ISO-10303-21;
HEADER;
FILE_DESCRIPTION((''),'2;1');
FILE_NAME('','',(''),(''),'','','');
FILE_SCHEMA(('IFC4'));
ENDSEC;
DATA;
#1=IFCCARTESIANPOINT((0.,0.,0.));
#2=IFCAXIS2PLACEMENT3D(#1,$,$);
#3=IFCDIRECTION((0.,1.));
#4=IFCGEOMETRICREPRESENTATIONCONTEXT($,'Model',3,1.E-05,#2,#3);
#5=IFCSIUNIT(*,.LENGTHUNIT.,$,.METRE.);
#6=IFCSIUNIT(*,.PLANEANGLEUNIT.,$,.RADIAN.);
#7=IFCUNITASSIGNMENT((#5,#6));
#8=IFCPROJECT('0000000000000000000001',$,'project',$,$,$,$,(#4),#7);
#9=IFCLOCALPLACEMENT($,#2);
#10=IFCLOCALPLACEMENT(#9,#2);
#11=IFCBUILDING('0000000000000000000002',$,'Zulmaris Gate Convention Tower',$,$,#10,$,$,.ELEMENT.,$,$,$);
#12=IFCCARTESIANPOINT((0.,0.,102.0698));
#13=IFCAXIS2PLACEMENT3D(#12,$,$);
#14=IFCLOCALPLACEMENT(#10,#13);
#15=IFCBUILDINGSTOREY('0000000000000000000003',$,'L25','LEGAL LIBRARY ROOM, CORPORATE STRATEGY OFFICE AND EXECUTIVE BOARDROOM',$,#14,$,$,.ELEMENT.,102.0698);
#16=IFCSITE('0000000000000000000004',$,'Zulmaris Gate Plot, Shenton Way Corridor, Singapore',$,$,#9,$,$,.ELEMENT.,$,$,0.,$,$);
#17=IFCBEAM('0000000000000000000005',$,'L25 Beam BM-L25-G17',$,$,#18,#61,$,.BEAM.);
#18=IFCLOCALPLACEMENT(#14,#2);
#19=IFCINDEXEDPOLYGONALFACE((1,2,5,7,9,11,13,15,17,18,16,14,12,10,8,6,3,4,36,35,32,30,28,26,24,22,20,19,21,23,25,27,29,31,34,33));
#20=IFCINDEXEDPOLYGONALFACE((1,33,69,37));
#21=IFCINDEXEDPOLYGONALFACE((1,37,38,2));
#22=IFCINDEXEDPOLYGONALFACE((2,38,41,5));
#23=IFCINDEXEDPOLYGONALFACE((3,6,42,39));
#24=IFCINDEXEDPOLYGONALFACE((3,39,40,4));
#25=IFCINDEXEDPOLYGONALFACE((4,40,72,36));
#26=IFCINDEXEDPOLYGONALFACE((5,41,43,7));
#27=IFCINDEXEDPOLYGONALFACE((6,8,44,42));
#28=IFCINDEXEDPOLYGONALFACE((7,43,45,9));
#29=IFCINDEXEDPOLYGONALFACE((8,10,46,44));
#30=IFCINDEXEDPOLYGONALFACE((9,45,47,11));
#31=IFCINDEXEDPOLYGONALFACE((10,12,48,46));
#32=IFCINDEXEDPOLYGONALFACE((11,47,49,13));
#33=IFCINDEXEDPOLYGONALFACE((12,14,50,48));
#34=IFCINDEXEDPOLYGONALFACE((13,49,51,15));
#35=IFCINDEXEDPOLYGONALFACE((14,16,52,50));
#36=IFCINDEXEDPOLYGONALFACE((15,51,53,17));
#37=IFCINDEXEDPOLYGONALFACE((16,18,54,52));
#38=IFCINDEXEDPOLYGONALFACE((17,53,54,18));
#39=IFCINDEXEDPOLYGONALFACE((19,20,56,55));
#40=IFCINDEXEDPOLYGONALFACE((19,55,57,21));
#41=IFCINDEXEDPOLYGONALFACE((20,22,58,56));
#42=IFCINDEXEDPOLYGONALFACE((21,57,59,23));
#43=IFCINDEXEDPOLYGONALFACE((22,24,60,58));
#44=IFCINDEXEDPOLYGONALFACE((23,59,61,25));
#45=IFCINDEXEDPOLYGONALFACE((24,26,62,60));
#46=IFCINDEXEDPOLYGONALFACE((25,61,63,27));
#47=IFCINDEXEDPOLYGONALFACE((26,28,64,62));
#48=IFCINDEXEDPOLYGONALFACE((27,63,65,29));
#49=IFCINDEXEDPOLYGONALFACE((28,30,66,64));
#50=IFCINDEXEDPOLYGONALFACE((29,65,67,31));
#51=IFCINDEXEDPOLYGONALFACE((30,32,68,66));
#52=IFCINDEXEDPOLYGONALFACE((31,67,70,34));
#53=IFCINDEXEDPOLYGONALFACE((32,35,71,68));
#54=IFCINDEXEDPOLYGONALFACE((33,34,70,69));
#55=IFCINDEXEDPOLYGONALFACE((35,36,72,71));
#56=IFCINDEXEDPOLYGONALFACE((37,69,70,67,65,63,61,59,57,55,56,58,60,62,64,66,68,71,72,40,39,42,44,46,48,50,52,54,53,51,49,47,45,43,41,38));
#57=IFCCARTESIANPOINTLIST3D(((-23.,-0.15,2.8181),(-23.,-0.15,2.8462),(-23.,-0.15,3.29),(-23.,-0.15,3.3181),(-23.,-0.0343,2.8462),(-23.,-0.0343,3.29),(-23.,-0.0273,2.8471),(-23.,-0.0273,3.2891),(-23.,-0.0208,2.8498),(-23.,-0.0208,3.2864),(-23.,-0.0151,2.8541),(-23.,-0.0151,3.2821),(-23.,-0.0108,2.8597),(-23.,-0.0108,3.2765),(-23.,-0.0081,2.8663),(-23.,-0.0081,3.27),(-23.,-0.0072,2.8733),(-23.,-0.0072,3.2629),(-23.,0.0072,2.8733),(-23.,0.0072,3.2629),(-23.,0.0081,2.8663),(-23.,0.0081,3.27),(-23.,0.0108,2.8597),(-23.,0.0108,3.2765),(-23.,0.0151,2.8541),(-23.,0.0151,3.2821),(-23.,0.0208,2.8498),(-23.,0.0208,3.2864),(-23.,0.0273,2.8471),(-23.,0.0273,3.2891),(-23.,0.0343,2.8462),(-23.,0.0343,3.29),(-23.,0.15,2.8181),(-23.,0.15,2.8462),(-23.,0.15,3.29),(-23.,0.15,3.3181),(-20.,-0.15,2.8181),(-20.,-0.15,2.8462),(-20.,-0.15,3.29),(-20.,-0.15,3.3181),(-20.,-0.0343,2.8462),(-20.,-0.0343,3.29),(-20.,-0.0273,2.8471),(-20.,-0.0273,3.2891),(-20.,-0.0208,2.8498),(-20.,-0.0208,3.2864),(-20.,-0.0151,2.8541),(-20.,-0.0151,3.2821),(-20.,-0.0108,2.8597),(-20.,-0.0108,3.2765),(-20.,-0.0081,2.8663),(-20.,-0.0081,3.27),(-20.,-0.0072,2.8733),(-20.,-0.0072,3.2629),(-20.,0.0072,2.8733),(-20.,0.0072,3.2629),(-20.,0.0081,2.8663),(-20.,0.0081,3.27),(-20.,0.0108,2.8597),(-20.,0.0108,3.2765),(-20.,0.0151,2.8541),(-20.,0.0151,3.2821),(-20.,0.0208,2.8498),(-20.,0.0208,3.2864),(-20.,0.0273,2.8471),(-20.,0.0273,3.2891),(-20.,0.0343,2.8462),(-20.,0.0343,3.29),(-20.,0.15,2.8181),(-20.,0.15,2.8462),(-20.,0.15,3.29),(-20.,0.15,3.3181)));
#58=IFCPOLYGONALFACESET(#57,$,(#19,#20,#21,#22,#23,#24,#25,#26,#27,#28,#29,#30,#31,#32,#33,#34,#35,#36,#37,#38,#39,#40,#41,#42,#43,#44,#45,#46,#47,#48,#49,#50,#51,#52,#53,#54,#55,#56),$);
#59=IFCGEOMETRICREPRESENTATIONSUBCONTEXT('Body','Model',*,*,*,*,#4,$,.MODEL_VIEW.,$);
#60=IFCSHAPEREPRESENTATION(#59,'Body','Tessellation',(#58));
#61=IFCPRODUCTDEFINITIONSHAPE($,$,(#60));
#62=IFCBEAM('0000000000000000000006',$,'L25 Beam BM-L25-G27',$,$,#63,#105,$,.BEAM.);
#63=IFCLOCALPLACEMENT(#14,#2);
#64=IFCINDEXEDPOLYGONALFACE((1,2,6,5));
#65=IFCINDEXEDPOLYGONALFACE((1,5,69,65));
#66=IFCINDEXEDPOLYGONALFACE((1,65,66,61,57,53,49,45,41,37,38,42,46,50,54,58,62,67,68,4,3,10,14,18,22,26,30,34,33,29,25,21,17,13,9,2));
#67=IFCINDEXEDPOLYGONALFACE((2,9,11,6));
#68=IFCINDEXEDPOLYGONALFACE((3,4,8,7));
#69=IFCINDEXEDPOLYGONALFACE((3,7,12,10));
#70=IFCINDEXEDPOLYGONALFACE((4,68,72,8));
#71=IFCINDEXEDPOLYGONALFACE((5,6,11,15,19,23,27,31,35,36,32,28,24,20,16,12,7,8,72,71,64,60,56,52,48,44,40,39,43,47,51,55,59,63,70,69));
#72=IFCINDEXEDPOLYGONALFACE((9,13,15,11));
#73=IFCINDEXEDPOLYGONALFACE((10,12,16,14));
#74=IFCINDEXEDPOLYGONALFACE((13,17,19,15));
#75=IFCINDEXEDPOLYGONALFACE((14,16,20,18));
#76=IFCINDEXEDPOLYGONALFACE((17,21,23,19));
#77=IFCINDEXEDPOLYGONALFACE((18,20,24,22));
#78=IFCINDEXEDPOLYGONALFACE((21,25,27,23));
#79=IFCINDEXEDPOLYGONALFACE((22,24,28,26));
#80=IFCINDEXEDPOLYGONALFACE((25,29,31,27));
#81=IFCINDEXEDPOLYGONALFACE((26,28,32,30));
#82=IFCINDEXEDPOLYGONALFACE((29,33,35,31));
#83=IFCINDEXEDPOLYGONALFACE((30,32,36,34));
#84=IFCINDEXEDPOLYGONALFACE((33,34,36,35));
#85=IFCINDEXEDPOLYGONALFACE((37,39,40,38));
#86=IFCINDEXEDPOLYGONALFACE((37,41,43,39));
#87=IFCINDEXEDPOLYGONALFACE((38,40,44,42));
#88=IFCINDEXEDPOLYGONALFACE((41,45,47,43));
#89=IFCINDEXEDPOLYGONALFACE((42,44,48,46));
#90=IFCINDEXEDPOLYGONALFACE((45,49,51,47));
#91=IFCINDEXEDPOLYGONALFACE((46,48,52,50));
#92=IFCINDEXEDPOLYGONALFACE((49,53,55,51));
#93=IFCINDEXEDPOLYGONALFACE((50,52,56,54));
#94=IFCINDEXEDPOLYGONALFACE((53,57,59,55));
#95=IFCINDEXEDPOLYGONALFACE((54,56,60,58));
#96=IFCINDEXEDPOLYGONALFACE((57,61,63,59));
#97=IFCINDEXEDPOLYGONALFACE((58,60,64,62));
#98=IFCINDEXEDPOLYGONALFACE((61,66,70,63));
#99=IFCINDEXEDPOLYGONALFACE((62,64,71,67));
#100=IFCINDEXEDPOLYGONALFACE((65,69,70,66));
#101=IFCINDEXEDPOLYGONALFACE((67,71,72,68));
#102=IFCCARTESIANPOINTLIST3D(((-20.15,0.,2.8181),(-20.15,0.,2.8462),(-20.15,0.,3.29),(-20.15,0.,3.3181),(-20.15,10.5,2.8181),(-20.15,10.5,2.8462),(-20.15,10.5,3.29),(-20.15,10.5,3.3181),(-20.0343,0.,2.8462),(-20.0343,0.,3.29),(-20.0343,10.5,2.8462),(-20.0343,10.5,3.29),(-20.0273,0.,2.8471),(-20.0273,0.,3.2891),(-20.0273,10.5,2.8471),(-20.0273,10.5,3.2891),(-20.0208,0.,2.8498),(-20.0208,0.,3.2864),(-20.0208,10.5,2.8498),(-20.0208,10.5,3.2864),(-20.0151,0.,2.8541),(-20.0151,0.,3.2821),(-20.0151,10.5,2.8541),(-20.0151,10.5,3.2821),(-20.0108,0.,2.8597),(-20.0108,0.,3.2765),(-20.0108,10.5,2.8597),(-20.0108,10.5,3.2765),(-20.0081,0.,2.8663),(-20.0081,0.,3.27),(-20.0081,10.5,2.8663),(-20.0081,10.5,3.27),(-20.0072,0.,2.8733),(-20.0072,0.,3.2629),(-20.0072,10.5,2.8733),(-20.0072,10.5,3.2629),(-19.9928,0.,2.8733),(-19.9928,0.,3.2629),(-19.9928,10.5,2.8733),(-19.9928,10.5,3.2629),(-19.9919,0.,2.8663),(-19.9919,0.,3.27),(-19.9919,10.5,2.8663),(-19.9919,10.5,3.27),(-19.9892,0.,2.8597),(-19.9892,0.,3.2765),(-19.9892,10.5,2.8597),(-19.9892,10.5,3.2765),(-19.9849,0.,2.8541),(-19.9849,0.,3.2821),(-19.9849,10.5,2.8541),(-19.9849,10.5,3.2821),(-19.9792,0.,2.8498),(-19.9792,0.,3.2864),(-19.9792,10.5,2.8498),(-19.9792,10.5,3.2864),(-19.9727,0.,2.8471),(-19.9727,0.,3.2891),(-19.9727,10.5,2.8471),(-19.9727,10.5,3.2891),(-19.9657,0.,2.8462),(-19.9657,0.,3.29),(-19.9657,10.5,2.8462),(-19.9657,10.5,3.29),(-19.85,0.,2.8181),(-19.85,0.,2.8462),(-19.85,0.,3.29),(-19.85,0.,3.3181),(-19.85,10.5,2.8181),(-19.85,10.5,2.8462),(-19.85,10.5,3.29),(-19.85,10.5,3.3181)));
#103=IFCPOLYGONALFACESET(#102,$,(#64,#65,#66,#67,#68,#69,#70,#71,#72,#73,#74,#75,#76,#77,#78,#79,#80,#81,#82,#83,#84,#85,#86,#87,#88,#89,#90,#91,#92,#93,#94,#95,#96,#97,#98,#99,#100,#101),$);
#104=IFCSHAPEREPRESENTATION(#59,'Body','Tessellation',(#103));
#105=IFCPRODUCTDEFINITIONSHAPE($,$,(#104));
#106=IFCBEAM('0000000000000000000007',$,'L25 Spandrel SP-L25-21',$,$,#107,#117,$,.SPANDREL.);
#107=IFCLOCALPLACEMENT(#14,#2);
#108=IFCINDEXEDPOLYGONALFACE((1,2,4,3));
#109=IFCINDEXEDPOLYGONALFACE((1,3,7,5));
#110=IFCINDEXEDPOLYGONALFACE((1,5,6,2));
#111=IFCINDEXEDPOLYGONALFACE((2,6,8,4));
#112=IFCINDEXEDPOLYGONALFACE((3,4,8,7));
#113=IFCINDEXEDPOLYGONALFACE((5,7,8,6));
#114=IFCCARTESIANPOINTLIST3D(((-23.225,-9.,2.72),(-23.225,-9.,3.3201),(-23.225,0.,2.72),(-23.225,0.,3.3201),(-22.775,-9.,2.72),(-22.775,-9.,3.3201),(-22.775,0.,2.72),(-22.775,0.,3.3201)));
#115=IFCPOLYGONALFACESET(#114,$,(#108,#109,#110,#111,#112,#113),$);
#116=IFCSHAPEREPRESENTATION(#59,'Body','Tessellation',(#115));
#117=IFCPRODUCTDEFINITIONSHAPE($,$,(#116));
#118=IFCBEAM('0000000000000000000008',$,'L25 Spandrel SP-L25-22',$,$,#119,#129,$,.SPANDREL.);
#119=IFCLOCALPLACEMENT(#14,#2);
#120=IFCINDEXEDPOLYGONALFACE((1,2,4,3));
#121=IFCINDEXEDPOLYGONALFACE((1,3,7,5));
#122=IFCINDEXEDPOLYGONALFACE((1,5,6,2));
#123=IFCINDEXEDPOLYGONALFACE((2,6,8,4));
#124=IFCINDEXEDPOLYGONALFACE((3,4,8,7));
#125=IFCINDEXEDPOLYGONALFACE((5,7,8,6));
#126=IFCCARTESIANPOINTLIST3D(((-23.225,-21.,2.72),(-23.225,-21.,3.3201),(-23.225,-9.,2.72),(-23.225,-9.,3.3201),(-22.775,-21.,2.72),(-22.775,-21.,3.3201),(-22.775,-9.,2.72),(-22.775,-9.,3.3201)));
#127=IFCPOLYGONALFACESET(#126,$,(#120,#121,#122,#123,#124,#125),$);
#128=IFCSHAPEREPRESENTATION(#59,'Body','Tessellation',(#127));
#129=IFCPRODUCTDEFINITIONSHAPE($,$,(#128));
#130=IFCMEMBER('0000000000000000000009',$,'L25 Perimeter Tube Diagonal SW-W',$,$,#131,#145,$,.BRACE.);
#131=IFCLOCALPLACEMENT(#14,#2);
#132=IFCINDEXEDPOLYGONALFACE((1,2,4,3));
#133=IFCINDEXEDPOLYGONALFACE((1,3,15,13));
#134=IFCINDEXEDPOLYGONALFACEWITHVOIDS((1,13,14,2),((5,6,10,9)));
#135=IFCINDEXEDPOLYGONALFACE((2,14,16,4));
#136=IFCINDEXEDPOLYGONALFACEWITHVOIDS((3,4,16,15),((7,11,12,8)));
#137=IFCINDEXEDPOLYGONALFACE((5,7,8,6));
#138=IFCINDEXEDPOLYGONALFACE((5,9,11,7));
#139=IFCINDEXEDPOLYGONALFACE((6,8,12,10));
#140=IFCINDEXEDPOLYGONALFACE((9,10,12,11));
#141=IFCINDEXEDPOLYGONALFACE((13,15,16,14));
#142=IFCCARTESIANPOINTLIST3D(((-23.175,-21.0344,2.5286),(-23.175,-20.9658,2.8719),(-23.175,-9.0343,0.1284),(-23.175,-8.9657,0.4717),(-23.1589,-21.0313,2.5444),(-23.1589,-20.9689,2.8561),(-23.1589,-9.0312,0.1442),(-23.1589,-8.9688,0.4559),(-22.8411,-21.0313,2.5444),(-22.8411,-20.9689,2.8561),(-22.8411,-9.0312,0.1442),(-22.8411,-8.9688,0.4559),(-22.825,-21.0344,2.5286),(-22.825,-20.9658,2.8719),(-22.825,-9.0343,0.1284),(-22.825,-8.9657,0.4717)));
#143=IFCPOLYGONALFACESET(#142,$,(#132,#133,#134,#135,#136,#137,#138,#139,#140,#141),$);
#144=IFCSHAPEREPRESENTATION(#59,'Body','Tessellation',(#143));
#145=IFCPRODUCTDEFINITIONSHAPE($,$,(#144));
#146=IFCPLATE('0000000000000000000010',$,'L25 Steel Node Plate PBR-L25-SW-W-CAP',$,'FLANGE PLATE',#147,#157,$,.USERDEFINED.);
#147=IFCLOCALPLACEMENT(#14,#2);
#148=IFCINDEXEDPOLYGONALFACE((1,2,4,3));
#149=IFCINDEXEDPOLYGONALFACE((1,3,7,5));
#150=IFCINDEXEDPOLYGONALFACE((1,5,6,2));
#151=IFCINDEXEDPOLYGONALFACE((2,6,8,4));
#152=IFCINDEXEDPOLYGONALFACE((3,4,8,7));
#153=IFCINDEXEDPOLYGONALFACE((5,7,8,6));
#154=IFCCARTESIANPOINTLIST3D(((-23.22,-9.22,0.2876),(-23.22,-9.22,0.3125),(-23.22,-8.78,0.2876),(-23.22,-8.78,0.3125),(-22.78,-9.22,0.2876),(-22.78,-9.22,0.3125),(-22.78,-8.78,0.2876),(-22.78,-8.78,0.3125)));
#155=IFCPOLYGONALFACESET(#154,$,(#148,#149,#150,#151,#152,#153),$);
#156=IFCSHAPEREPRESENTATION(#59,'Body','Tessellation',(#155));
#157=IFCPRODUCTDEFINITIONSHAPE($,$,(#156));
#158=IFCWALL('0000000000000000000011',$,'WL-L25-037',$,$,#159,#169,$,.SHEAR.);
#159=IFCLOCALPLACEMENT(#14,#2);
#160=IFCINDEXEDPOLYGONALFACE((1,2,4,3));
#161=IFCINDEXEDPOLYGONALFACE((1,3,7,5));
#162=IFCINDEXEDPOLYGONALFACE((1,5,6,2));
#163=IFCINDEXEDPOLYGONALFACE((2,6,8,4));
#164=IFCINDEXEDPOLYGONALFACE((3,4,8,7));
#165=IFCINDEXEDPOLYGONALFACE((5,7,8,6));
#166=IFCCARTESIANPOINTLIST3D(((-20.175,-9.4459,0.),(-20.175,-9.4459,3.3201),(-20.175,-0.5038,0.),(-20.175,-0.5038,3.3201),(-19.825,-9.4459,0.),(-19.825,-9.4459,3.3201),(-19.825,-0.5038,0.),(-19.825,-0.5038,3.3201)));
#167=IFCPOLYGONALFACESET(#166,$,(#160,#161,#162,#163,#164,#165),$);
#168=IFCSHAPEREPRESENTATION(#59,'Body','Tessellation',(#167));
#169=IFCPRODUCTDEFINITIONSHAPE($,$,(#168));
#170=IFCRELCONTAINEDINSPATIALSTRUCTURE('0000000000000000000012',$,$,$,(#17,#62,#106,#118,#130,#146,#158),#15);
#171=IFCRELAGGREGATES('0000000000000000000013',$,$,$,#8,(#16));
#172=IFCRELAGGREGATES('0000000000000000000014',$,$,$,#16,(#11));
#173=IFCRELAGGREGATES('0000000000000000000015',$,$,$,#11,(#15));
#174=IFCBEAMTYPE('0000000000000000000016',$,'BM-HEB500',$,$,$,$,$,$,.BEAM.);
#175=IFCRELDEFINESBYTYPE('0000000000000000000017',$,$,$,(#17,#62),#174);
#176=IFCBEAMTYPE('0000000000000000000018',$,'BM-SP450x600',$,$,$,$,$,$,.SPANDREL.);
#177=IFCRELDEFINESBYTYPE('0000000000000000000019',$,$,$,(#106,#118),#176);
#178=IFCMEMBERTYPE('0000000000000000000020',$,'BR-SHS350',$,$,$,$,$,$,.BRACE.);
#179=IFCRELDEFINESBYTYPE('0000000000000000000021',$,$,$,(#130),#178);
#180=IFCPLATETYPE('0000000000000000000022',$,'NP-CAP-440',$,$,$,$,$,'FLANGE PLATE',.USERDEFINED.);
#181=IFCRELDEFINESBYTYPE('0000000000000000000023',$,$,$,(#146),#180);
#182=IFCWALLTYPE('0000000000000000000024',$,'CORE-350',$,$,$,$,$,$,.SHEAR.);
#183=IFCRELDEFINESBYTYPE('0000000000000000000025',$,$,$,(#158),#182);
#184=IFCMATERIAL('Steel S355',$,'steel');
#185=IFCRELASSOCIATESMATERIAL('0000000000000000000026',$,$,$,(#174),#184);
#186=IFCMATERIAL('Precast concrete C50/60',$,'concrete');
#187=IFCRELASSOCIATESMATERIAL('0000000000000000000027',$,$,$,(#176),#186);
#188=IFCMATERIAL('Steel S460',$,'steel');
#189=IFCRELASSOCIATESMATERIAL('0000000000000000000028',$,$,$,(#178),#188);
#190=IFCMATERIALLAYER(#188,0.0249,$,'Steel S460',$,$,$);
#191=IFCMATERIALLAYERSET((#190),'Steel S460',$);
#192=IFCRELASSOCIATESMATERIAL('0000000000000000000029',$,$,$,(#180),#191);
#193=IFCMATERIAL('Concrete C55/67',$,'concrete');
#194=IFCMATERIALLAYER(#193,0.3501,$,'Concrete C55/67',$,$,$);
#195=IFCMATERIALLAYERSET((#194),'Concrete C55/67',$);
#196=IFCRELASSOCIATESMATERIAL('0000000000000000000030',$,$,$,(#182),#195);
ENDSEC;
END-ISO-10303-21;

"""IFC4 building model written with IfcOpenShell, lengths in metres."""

from ifc_helpers import new_model, si_unit, direction, frame, frame_2d, origin, origin_2d, place, context, subcontext, project, spatial, rectangle, hollow_rectangle, i_section, extrude, material, layer, layer_set, material_profile, profile_set, type_object, element, save


model = new_model("IFC4")

# Units and contexts
model_context = context("Model", 3, precision=1e-05, world=origin(), true_north=direction((0.0, 1.0)))
body_context = subcontext(model_context, "Body", "Model", "MODEL_VIEW")
ifc_project = project(units=[si_unit("LENGTHUNIT", "METRE"), si_unit("PLANEANGLEUNIT", "RADIAN")], contexts=[model_context])

# Site, building, storey
site_placement = place(None, origin())
site = spatial("IfcSite", under=ifc_project, at=site_placement, Name="Zulmaris Gate Plot, Shenton Way Corridor, Singapore", CompositionType="ELEMENT", RefElevation=0.0)
building_placement = place(site_placement, origin())
building = spatial("IfcBuilding", under=site, at=building_placement, Name="Zulmaris Gate Convention Tower", CompositionType="ELEMENT")
storey_placement = place(building_placement, frame((0.0, 0.0, 102.0698)))
storey = spatial("IfcBuildingStorey", under=building, at=storey_placement, Name="L25", Description="LEGAL LIBRARY ROOM, CORPORATE STRATEGY OFFICE AND EXECUTIVE BOARDROOM", CompositionType="ELEMENT", Elevation=102.0698)

# Beams
ifc_material_1 = material(Name="Steel S355", Category="steel")
ifc_material_profile_1 = material_profile(ifc_material_1, i_section(OverallWidth=0.3, OverallDepth=0.5, WebThickness=0.0144, FlangeThickness=0.0281, FilletRadius=0.0271, at=origin_2d()), Name="HEB 500")
ifc_profile_set_1 = profile_set([ifc_material_profile_1], Name="Steel S355")
beam_type_1 = type_object("IfcBeamType", Name="BM-HEB500", PredefinedType="BEAM", material=ifc_profile_set_1)
for number, where, z_axis, x_axis, name in (
    (1, (-23.0, 0.0, 3.0681), (1.0, 0.0, 0.0), (0.0, 1.0, 0.0), "L25 Beam BM-L25-G17"),
):
    element("IfcBeam", number, at=place(storey_placement, frame(where, z_axis=z_axis, x_axis=x_axis)), inside=storey, type_object=beam_type_1, Name=name, PredefinedType="BEAM", context=body_context, shape_type="SweptSolid", body=[
        extrude(i_section(OverallWidth=0.3, OverallDepth=0.5, WebThickness=0.0144, FlangeThickness=0.0281, FilletRadius=0.0271, at=origin_2d()), origin(), (0.0, 0.0, 1.0), 3.0),
    ])
beam_1_placement = place(storey_placement, frame((-20.0, 0.0, 3.0681), z_axis=(0.0, 1.0, 0.0), x_axis=(-1.0, 0.0, 0.0)))
element("IfcBeam", 2, at=beam_1_placement, inside=storey, type_object=beam_type_1, Name="L25 Beam BM-L25-G27", PredefinedType="BEAM", context=body_context, shape_type="SweptSolid", body=[
    extrude(i_section(OverallWidth=0.3, OverallDepth=0.5, WebThickness=0.0144, FlangeThickness=0.0281, FilletRadius=0.0271, at=origin_2d()), origin(), (0.0, 0.0, 1.0), 10.5),
])
ifc_material_2 = material(Name="Precast concrete C50/60", Category="concrete")
ifc_material_profile_2 = material_profile(ifc_material_2, rectangle(XDim=0.45, YDim=0.6001, at=origin_2d()), Name="RC SPANDREL 450x600")
ifc_profile_set_2 = profile_set([ifc_material_profile_2], Name="Precast concrete C50/60")
beam_type_2 = type_object("IfcBeamType", Name="BM-SP450x600", PredefinedType="SPANDREL", material=ifc_profile_set_2)
beam_2_placement = place(storey_placement, frame((-23.0, 0.0, 3.02), z_axis=(0.0, -1.0, 0.0), x_axis=(1.0, 0.0, 0.0)))
element("IfcBeam", 3, at=beam_2_placement, inside=storey, type_object=beam_type_2, Name="L25 Spandrel SP-L25-21", PredefinedType="SPANDREL", context=body_context, shape_type="SweptSolid", body=[
    extrude(rectangle(XDim=0.45, YDim=0.6001, at=origin_2d()), origin(), (0.0, 0.0, 1.0), 9.0),
])
beam_3_placement = place(storey_placement, frame((-23.0, -9.0, 3.02), z_axis=(0.0, -1.0, 0.0), x_axis=(1.0, 0.0, 0.0)))
element("IfcBeam", 4, at=beam_3_placement, inside=storey, type_object=beam_type_2, Name="L25 Spandrel SP-L25-22", PredefinedType="SPANDREL", context=body_context, shape_type="SweptSolid", body=[
    extrude(rectangle(XDim=0.45, YDim=0.6001, at=origin_2d()), origin(), (0.0, 0.0, 1.0), 12.0),
])

# Member
ifc_material_3 = material(Name="Steel S460", Category="steel")
ifc_material_profile_3 = material_profile(ifc_material_3, hollow_rectangle(XDim=0.3501, YDim=0.3501, WallThickness=0.0161, at=origin_2d()), Name="SHS 350x350x16")
ifc_profile_set_3 = profile_set([ifc_material_profile_3], Name="Steel S460")
member_type = type_object("IfcMemberType", Name="BR-SHS350", PredefinedType="BRACE", material=ifc_profile_set_3)
member_placement = place(storey_placement, frame((-23.0, -9.0, 0.3), z_axis=(0.0, -0.980578, 0.196128), x_axis=(1.0, 0.0, 0.0)))
element("IfcMember", 5, at=member_placement, inside=storey, type_object=member_type, Name="L25 Perimeter Tube Diagonal SW-W", PredefinedType="BRACE", context=body_context, shape_type="SweptSolid", body=[
    extrude(hollow_rectangle(XDim=0.3501, YDim=0.3501, WallThickness=0.0161, at=origin_2d()), origin(), (0.0, 0.0, 1.0), 12.2378),
])

# Plate
ifc_layer_1 = layer(ifc_material_3, 0.0249, Name="Steel S460")
ifc_layer_set_1 = layer_set([ifc_layer_1], Name="Steel S460")
plate_type = type_object("IfcPlateType", Name="NP-CAP-440", ElementType="FLANGE PLATE", PredefinedType="USERDEFINED", material=ifc_layer_set_1)
plate_placement = place(storey_placement, frame((-23.0, -9.0, 0.2876), z_axis=(0.0, 0.0, 1.0), x_axis=(1.0, 0.0, 0.0)))
element("IfcPlate", 6, at=plate_placement, inside=storey, type_object=plate_type, Name="L25 Steel Node Plate PBR-L25-SW-W-CAP", ObjectType="FLANGE PLATE", PredefinedType="USERDEFINED", context=body_context, shape_type="SweptSolid", body=[
    extrude(rectangle(XDim=0.4399, YDim=0.4399, at=origin_2d()), origin(), (0.0, 0.0, 1.0), 0.0249),
])

# Wall
ifc_material_4 = material(Name="Concrete C55/67", Category="concrete")
ifc_layer_2 = layer(ifc_material_4, 0.3501, Name="Concrete C55/67")
ifc_layer_set_2 = layer_set([ifc_layer_2], Name="Concrete C55/67")
wall_type_1 = type_object("IfcWallType", Name="CORE-350", PredefinedType="SHEAR", material=ifc_layer_set_2)
wall_1_placement = place(storey_placement, frame((-20.0, -9.446, 0.0), z_axis=(0.0, 0.0, 1.0), x_axis=(0.0, 1.0, 0.0)))
element("IfcWall", 7, at=wall_1_placement, inside=storey, type_object=wall_type_1, Name="WL-L25-037", PredefinedType="SHEAR", context=body_context, shape_type="SweptSolid", body=[
    extrude(rectangle(XDim=8.9421, YDim=0.3501, at=frame_2d((4.4712, 0.0))), origin(), (0.0, 0.0, 1.0), 3.3201),
])

save(model, "model.ifc")
